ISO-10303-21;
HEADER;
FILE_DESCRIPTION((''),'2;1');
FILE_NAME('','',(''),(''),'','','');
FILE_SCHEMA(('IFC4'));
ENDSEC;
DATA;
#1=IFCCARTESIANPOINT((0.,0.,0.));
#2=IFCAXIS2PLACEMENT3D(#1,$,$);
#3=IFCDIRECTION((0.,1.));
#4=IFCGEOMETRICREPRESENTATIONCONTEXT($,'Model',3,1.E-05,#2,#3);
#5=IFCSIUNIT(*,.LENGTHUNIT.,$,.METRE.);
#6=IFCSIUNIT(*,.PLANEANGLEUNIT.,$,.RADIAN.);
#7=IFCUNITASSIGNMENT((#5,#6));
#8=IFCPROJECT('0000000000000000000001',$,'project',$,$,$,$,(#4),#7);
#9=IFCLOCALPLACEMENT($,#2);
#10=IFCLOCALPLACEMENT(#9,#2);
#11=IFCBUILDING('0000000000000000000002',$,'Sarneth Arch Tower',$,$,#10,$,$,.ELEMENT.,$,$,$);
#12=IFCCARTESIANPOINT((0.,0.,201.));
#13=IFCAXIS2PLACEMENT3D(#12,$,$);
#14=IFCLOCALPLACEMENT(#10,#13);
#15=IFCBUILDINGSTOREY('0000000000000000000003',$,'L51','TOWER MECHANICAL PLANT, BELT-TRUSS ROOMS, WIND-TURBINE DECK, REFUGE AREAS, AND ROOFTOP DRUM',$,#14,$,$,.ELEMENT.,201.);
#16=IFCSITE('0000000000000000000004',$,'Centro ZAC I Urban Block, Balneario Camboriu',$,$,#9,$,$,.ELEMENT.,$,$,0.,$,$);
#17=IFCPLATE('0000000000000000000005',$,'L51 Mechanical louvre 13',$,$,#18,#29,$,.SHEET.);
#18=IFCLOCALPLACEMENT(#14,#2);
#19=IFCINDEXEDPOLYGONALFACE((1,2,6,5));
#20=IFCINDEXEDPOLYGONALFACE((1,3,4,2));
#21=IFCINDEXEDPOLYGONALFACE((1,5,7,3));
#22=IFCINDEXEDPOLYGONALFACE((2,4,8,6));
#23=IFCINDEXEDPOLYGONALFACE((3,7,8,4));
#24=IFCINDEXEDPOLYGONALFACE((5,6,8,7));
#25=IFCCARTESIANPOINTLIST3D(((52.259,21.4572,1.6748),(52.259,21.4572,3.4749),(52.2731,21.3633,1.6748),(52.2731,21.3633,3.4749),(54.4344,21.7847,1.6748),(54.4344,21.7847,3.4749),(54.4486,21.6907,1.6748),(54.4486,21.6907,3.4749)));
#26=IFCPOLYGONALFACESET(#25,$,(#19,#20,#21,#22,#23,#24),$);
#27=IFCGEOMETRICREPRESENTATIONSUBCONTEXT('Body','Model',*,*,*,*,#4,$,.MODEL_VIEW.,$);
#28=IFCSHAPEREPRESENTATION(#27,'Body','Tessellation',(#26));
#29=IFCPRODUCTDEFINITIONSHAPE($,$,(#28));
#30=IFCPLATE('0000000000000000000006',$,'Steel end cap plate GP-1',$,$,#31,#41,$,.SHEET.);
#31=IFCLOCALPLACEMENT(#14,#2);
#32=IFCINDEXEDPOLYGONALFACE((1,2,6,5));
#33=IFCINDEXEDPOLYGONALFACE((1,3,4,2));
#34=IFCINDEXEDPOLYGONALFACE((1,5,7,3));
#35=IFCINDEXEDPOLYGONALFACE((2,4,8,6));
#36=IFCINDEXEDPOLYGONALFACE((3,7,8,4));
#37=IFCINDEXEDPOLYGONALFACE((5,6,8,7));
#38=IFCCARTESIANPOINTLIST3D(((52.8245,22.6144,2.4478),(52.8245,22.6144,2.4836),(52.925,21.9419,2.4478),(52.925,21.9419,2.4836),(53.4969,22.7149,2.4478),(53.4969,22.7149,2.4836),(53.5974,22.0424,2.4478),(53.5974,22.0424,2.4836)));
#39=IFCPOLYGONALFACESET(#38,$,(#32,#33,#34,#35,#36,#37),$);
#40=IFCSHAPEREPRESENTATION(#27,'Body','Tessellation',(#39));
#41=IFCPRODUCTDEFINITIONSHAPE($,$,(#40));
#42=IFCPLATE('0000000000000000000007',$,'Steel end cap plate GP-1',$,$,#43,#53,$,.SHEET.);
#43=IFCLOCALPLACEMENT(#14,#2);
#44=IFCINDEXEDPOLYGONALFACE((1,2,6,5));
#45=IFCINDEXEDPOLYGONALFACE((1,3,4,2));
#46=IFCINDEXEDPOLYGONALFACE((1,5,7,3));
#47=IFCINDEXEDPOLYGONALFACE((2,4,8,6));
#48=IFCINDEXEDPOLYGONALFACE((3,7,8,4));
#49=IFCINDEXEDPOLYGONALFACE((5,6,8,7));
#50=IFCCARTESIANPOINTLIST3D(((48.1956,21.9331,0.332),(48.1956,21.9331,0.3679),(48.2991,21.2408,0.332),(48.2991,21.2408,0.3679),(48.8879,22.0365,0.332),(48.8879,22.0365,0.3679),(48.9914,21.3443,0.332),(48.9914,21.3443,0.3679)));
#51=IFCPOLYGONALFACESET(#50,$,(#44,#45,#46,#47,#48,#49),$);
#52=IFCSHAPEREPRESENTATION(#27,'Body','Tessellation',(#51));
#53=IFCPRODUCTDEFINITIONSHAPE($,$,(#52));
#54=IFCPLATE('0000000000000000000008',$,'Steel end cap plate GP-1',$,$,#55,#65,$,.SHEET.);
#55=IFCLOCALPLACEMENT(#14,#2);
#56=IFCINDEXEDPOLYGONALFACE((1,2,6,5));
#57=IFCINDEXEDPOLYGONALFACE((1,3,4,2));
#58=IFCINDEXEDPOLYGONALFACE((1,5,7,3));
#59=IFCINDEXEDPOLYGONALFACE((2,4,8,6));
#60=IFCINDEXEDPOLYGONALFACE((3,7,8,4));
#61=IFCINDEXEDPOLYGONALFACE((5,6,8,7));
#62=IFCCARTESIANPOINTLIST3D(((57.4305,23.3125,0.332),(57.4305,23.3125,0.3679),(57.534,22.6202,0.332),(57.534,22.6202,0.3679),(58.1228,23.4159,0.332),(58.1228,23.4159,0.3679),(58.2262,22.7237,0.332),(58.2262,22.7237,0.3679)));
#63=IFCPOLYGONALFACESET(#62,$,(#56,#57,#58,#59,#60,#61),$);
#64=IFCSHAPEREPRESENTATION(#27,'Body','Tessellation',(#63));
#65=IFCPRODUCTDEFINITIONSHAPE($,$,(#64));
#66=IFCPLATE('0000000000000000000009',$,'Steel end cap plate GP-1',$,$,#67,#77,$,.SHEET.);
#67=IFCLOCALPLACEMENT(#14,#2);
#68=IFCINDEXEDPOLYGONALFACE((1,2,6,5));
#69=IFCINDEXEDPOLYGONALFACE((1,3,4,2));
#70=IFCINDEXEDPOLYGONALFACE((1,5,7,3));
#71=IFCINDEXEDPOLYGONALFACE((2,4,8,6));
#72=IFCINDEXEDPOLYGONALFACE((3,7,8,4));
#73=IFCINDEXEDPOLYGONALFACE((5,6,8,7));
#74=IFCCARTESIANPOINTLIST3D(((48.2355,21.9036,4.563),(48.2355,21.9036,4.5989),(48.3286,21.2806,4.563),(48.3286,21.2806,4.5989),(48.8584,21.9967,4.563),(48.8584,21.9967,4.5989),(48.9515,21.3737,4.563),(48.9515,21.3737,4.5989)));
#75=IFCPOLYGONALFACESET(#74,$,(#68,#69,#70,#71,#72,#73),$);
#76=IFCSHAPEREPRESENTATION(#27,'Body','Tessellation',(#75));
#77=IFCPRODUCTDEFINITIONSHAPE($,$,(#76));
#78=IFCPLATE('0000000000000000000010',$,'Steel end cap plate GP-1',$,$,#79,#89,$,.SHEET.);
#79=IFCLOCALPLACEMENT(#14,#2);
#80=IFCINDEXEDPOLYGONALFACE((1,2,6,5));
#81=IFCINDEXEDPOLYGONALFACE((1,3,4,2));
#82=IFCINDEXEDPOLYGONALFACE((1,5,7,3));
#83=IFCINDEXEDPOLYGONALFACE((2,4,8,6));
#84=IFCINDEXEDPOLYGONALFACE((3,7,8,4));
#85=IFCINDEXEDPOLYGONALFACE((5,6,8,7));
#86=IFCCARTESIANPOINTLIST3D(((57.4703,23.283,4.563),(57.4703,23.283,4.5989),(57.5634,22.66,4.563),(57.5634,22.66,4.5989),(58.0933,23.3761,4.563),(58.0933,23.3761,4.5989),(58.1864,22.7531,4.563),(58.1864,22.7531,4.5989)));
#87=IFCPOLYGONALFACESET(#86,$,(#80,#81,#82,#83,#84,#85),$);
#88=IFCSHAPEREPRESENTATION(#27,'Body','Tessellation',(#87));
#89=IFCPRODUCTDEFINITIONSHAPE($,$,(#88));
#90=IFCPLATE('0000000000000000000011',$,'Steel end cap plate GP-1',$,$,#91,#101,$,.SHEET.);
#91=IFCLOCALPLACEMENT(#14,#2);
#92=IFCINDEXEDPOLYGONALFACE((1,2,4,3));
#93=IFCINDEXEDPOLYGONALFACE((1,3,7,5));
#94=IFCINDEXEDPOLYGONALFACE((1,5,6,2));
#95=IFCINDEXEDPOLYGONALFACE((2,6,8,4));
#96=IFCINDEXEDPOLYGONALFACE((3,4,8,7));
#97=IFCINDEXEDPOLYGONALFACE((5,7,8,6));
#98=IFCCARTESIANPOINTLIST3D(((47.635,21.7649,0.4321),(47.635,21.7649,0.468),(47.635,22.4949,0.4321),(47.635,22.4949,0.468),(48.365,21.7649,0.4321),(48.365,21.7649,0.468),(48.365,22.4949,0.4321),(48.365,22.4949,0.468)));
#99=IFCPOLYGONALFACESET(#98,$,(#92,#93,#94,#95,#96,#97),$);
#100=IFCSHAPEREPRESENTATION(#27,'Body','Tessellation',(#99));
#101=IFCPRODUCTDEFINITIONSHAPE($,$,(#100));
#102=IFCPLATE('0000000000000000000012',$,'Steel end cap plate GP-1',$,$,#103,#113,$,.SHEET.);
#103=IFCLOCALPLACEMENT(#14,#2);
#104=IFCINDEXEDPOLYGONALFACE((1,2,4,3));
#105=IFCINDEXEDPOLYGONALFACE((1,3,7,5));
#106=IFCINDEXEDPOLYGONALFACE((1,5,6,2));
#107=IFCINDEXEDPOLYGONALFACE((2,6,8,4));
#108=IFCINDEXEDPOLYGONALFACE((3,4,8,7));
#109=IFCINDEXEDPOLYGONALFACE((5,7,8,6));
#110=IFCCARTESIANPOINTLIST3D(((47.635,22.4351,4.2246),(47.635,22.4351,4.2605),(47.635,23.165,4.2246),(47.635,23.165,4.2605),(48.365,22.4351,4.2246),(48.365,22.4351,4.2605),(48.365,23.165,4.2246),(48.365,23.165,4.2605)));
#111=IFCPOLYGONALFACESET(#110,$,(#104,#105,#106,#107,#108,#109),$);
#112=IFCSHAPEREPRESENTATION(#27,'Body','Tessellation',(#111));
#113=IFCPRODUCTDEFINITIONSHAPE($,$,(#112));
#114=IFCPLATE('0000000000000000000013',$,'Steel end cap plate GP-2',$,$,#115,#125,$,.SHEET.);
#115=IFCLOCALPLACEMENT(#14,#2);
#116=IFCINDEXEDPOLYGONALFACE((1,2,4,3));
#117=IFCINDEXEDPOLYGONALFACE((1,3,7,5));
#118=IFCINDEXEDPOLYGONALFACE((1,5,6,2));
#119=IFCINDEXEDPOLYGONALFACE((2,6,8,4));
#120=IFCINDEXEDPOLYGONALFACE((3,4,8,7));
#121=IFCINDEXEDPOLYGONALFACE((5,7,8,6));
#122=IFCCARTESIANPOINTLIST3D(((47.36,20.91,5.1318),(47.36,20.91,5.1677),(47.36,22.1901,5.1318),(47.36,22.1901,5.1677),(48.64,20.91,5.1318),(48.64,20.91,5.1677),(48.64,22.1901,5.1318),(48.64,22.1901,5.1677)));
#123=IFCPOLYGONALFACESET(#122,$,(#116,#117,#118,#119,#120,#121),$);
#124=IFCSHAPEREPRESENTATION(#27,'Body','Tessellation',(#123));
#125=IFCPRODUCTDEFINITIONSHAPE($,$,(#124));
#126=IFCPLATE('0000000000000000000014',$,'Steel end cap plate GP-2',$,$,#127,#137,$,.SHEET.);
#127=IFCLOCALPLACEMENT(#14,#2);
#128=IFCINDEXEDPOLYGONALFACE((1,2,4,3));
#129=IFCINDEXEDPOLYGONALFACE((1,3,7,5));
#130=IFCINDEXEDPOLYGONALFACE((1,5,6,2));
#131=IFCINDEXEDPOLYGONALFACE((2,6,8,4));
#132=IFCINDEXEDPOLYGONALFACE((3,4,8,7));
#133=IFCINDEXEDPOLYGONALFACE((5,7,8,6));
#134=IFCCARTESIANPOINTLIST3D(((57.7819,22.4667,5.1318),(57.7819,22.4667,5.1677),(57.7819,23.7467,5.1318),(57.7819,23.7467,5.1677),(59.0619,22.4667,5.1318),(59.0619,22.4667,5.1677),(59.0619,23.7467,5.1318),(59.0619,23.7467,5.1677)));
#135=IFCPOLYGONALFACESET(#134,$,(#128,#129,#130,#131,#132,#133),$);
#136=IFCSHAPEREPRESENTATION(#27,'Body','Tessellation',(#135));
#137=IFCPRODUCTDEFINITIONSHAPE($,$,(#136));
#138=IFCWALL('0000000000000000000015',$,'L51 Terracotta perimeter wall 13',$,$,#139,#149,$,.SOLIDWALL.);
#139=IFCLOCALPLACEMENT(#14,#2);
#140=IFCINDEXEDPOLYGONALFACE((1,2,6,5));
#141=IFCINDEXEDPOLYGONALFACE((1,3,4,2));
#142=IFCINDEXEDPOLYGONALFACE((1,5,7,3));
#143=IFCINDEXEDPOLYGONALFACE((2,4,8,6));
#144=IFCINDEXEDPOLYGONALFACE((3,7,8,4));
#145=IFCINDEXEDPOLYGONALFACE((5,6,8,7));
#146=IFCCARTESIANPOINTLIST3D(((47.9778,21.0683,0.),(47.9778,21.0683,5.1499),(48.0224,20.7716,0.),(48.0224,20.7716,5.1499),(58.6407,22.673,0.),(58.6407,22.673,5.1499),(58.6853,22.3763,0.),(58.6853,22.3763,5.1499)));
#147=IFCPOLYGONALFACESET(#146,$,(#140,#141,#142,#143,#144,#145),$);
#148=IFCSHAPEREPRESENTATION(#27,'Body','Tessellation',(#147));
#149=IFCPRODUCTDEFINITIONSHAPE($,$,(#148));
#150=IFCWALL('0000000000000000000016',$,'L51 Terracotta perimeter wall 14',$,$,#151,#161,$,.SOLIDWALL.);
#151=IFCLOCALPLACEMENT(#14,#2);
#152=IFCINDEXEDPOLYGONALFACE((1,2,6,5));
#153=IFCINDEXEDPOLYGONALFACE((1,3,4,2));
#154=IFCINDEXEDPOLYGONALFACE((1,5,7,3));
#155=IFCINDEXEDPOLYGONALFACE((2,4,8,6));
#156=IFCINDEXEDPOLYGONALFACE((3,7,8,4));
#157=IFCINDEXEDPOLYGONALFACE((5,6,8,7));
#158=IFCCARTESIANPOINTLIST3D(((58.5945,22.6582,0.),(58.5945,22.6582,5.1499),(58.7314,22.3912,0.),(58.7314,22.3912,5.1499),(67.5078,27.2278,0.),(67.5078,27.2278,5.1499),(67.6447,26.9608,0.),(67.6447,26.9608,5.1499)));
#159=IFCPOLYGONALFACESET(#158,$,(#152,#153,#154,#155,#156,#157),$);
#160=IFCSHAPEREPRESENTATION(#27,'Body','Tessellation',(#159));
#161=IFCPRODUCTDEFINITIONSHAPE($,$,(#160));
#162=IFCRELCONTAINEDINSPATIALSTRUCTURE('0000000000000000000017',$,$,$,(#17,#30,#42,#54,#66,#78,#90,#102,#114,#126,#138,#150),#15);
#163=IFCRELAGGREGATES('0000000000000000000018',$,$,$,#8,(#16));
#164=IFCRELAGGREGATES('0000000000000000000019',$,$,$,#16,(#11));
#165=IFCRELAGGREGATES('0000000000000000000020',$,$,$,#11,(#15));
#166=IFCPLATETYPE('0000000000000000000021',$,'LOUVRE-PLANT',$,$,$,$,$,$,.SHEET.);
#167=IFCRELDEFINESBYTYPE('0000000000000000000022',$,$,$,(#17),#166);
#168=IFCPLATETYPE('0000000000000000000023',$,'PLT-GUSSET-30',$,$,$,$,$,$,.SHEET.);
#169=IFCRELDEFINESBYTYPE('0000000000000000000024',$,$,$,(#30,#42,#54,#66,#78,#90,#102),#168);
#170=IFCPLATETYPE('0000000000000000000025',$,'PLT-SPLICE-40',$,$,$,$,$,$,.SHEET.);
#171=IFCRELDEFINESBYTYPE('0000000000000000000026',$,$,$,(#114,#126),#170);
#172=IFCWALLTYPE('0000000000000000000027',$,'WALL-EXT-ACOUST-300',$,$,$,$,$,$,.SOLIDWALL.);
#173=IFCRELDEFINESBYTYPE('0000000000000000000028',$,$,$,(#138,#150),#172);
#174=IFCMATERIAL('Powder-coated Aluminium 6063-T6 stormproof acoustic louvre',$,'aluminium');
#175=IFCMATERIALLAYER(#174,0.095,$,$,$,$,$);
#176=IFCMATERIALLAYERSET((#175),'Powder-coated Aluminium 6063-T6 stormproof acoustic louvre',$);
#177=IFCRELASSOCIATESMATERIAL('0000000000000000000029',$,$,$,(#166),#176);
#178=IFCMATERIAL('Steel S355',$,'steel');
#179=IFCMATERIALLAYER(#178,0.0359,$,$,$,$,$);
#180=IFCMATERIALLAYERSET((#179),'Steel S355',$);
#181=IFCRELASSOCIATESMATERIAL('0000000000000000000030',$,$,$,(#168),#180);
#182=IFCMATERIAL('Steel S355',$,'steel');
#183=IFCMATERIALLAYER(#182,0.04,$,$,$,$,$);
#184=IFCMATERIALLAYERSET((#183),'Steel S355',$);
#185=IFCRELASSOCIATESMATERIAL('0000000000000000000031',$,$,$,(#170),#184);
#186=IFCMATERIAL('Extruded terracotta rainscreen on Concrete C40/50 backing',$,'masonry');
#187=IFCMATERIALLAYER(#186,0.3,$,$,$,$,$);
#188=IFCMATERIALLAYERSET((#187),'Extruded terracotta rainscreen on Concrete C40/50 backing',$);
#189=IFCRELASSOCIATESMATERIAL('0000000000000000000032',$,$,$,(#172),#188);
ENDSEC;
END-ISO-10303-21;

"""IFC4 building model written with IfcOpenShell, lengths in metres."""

from ifc_helpers import new_model, si_unit, direction, frame, frame_2d, origin, origin_2d, place, context, subcontext, project, spatial, rectangle, extrude, material, layer, layer_set, type_object, element, save


model = new_model("IFC4")

# Units and contexts
model_context = context("Model", 3, precision=1e-05, world=origin(), true_north=direction((0.0, 1.0)))
body_context = subcontext(model_context, "Body", "Model", "MODEL_VIEW")
ifc_project = project(units=[si_unit("LENGTHUNIT", "METRE"), si_unit("PLANEANGLEUNIT", "RADIAN")], contexts=[model_context])

# Site, building, storey
site_placement = place(None, origin())
site = spatial("IfcSite", under=ifc_project, at=site_placement, Name="Centro ZAC I Urban Block, Balneario Camboriu", CompositionType="ELEMENT", RefElevation=0.0)
building_placement = place(site_placement, origin())
building = spatial("IfcBuilding", under=site, at=building_placement, Name="Sarneth Arch Tower", CompositionType="ELEMENT")
storey_placement = place(building_placement, frame((0.0, 0.0, 201.0)))
storey = spatial("IfcBuildingStorey", under=building, at=storey_placement, Name="L51", Description="TOWER MECHANICAL PLANT, BELT-TRUSS ROOMS, WIND-TURBINE DECK, REFUGE AREAS, AND ROOFTOP DRUM", CompositionType="ELEMENT", Elevation=201.0)

# Plates
ifc_material_1 = material(Name="Powder-coated Aluminium 6063-T6 stormproof acoustic louvre", Category="aluminium")
ifc_layer_1 = layer(ifc_material_1, 0.095)
ifc_layer_set_1 = layer_set([ifc_layer_1], Name="Powder-coated Aluminium 6063-T6 stormproof acoustic louvre")
plate_type_1 = type_object("IfcPlateType", Name="LOUVRE-PLANT", PredefinedType="SHEET", material=ifc_layer_set_1)
plate_1_placement = place(storey_placement, frame((53.3538, 21.574, 1.6748), z_axis=(0.0, 0.0, 1.0), x_axis=(0.988861, 0.148845, 0.0)))
element("IfcPlate", 1, at=plate_1_placement, inside=storey, type_object=plate_type_1, Name="L51 Mechanical louvre 13", PredefinedType="SHEET", context=body_context, shape_type="SweptSolid", body=[
    extrude(rectangle(XDim=2.2, YDim=0.095, at=origin_2d()), origin(), (0.0, 0.0, 1.0), 1.8),
])
ifc_material_2 = material(Name="Steel S355", Category="steel")
ifc_layer_2 = layer(ifc_material_2, 0.0359)
ifc_layer_set_2 = layer_set([ifc_layer_2], Name="Steel S355")
plate_type_2 = type_object("IfcPlateType", Name="PLT-GUSSET-30", PredefinedType="SHEET", material=ifc_layer_set_2)
plate_2_placement = place(storey_placement, frame((53.2109, 22.3284, 2.4478), z_axis=(0.0, 0.0, 1.0), x_axis=(0.989016, 0.147809, 0.0)))
element("IfcPlate", 2, at=plate_2_placement, inside=storey, type_object=plate_type_2, Name="Steel end cap plate GP-1", PredefinedType="SHEET", context=body_context, shape_type="SweptSolid", body=[
    extrude(rectangle(XDim=0.6799, YDim=0.6799, at=origin_2d()), origin(), (0.0, 0.0, 1.0), 0.0359),
])
for number, where, z_axis, x_axis, name in (
    (3, (48.5935, 21.6387, 0.332), (0.0, 0.0, 1.0), (-0.989016, -0.147809, 0.0), "Steel end cap plate GP-1"),
    (4, (57.8284, 23.0181, 0.332), (0.0, 0.0, 1.0), (0.989016, 0.147809, 0.0), "Steel end cap plate GP-1"),
):
    element("IfcPlate", number, at=place(storey_placement, frame(where, z_axis=z_axis, x_axis=x_axis)), inside=storey, type_object=plate_type_2, Name=name, PredefinedType="SHEET", context=body_context, shape_type="SweptSolid", body=[
        extrude(rectangle(XDim=0.7, YDim=0.7, at=origin_2d()), origin(), (0.0, 0.0, 1.0), 0.0359),
    ])
for number, where, z_axis, x_axis, name in (
    (5, (48.5935, 21.6387, 4.563), (0.0, 0.0, 1.0), (-0.989016, -0.147809, 0.0), "Steel end cap plate GP-1"),
    (6, (57.8284, 23.0181, 4.563), (0.0, 0.0, 1.0), (0.989016, 0.147809, 0.0), "Steel end cap plate GP-1"),
):
    element("IfcPlate", number, at=place(storey_placement, frame(where, z_axis=z_axis, x_axis=x_axis)), inside=storey, type_object=plate_type_2, Name=name, PredefinedType="SHEET", context=body_context, shape_type="SweptSolid", body=[
        extrude(rectangle(XDim=0.6299, YDim=0.6299, at=origin_2d()), origin(), (0.0, 0.0, 1.0), 0.0359),
    ])
for number, where, z_axis, x_axis, name in (
    (7, (48.0, 22.1299, 0.4321), (0.0, 0.0, 1.0), (1.0, 0.0, 0.0), "Steel end cap plate GP-1"),
    (8, (48.0, 22.8, 4.2246), (0.0, 0.0, 1.0), (1.0, 0.0, 0.0), "Steel end cap plate GP-1"),
):
    element("IfcPlate", number, at=place(storey_placement, frame(where, z_axis=z_axis, x_axis=x_axis)), inside=storey, type_object=plate_type_2, Name=name, PredefinedType="SHEET", context=body_context, shape_type="SweptSolid", body=[
        extrude(rectangle(XDim=0.73, YDim=0.73, at=origin_2d()), origin(), (0.0, 0.0, 1.0), 0.0359),
    ])
ifc_material_3 = material(Name="Steel S355", Category="steel")
ifc_layer_3 = layer(ifc_material_3, 0.04)
ifc_layer_set_3 = layer_set([ifc_layer_3], Name="Steel S355")
plate_type_3 = type_object("IfcPlateType", Name="PLT-SPLICE-40", PredefinedType="SHEET", material=ifc_layer_set_3)
for number, where, z_axis, x_axis, name in (
    (9, (48.0, 21.55, 5.1318), (0.0, 0.0, 1.0), (1.0, 0.0, 0.0), "Steel end cap plate GP-2"),
    (10, (58.4219, 23.1067, 5.1318), (0.0, 0.0, 1.0), (1.0, 0.0, 0.0), "Steel end cap plate GP-2"),
):
    element("IfcPlate", number, at=place(storey_placement, frame(where, z_axis=z_axis, x_axis=x_axis)), inside=storey, type_object=plate_type_3, Name=name, PredefinedType="SHEET", context=body_context, shape_type="SweptSolid", body=[
        extrude(rectangle(XDim=1.28, YDim=1.28, at=origin_2d()), origin(), (0.0, 0.0, 1.0), 0.0359),
    ])

# Walls
ifc_material_4 = material(Name="Extruded terracotta rainscreen on Concrete C40/50 backing", Category="masonry")
ifc_layer_4 = layer(ifc_material_4, 0.3)
ifc_layer_set_4 = layer_set([ifc_layer_4], Name="Extruded terracotta rainscreen on Concrete C40/50 backing")
wall_type = type_object("IfcWallType", Name="WALL-EXT-ACOUST-300", PredefinedType="SOLIDWALL", material=ifc_layer_set_4)
wall_1_placement = place(storey_placement, frame((48.0, 20.9199, 0.0), z_axis=(0.0, 0.0, 1.0), x_axis=(0.988864, 0.148822, 0.0)))
element("IfcWall", 11, at=wall_1_placement, inside=storey, type_object=wall_type, Name="L51 Terracotta perimeter wall 13", PredefinedType="SOLIDWALL", context=body_context, shape_type="SweptSolid", body=[
    extrude(rectangle(XDim=10.783, YDim=0.3, at=frame_2d((5.3916, 0.0))), origin(), (0.0, 0.0, 1.0), 5.1499),
])
wall_2_placement = place(storey_placement, frame((58.6628, 22.5247, 0.0), z_axis=(0.0, 0.0, 1.0), x_axis=(0.889873, 0.456209, 0.0)))
element("IfcWall", 12, at=wall_2_placement, inside=storey, type_object=wall_type, Name="L51 Terracotta perimeter wall 14", PredefinedType="SOLIDWALL", context=body_context, shape_type="SweptSolid", body=[
    extrude(rectangle(XDim=10.0164, YDim=0.3, at=frame_2d((5.0083, 0.0))), origin(), (0.0, 0.0, 1.0), 5.1499),
])

save(model, "model.ifc")
